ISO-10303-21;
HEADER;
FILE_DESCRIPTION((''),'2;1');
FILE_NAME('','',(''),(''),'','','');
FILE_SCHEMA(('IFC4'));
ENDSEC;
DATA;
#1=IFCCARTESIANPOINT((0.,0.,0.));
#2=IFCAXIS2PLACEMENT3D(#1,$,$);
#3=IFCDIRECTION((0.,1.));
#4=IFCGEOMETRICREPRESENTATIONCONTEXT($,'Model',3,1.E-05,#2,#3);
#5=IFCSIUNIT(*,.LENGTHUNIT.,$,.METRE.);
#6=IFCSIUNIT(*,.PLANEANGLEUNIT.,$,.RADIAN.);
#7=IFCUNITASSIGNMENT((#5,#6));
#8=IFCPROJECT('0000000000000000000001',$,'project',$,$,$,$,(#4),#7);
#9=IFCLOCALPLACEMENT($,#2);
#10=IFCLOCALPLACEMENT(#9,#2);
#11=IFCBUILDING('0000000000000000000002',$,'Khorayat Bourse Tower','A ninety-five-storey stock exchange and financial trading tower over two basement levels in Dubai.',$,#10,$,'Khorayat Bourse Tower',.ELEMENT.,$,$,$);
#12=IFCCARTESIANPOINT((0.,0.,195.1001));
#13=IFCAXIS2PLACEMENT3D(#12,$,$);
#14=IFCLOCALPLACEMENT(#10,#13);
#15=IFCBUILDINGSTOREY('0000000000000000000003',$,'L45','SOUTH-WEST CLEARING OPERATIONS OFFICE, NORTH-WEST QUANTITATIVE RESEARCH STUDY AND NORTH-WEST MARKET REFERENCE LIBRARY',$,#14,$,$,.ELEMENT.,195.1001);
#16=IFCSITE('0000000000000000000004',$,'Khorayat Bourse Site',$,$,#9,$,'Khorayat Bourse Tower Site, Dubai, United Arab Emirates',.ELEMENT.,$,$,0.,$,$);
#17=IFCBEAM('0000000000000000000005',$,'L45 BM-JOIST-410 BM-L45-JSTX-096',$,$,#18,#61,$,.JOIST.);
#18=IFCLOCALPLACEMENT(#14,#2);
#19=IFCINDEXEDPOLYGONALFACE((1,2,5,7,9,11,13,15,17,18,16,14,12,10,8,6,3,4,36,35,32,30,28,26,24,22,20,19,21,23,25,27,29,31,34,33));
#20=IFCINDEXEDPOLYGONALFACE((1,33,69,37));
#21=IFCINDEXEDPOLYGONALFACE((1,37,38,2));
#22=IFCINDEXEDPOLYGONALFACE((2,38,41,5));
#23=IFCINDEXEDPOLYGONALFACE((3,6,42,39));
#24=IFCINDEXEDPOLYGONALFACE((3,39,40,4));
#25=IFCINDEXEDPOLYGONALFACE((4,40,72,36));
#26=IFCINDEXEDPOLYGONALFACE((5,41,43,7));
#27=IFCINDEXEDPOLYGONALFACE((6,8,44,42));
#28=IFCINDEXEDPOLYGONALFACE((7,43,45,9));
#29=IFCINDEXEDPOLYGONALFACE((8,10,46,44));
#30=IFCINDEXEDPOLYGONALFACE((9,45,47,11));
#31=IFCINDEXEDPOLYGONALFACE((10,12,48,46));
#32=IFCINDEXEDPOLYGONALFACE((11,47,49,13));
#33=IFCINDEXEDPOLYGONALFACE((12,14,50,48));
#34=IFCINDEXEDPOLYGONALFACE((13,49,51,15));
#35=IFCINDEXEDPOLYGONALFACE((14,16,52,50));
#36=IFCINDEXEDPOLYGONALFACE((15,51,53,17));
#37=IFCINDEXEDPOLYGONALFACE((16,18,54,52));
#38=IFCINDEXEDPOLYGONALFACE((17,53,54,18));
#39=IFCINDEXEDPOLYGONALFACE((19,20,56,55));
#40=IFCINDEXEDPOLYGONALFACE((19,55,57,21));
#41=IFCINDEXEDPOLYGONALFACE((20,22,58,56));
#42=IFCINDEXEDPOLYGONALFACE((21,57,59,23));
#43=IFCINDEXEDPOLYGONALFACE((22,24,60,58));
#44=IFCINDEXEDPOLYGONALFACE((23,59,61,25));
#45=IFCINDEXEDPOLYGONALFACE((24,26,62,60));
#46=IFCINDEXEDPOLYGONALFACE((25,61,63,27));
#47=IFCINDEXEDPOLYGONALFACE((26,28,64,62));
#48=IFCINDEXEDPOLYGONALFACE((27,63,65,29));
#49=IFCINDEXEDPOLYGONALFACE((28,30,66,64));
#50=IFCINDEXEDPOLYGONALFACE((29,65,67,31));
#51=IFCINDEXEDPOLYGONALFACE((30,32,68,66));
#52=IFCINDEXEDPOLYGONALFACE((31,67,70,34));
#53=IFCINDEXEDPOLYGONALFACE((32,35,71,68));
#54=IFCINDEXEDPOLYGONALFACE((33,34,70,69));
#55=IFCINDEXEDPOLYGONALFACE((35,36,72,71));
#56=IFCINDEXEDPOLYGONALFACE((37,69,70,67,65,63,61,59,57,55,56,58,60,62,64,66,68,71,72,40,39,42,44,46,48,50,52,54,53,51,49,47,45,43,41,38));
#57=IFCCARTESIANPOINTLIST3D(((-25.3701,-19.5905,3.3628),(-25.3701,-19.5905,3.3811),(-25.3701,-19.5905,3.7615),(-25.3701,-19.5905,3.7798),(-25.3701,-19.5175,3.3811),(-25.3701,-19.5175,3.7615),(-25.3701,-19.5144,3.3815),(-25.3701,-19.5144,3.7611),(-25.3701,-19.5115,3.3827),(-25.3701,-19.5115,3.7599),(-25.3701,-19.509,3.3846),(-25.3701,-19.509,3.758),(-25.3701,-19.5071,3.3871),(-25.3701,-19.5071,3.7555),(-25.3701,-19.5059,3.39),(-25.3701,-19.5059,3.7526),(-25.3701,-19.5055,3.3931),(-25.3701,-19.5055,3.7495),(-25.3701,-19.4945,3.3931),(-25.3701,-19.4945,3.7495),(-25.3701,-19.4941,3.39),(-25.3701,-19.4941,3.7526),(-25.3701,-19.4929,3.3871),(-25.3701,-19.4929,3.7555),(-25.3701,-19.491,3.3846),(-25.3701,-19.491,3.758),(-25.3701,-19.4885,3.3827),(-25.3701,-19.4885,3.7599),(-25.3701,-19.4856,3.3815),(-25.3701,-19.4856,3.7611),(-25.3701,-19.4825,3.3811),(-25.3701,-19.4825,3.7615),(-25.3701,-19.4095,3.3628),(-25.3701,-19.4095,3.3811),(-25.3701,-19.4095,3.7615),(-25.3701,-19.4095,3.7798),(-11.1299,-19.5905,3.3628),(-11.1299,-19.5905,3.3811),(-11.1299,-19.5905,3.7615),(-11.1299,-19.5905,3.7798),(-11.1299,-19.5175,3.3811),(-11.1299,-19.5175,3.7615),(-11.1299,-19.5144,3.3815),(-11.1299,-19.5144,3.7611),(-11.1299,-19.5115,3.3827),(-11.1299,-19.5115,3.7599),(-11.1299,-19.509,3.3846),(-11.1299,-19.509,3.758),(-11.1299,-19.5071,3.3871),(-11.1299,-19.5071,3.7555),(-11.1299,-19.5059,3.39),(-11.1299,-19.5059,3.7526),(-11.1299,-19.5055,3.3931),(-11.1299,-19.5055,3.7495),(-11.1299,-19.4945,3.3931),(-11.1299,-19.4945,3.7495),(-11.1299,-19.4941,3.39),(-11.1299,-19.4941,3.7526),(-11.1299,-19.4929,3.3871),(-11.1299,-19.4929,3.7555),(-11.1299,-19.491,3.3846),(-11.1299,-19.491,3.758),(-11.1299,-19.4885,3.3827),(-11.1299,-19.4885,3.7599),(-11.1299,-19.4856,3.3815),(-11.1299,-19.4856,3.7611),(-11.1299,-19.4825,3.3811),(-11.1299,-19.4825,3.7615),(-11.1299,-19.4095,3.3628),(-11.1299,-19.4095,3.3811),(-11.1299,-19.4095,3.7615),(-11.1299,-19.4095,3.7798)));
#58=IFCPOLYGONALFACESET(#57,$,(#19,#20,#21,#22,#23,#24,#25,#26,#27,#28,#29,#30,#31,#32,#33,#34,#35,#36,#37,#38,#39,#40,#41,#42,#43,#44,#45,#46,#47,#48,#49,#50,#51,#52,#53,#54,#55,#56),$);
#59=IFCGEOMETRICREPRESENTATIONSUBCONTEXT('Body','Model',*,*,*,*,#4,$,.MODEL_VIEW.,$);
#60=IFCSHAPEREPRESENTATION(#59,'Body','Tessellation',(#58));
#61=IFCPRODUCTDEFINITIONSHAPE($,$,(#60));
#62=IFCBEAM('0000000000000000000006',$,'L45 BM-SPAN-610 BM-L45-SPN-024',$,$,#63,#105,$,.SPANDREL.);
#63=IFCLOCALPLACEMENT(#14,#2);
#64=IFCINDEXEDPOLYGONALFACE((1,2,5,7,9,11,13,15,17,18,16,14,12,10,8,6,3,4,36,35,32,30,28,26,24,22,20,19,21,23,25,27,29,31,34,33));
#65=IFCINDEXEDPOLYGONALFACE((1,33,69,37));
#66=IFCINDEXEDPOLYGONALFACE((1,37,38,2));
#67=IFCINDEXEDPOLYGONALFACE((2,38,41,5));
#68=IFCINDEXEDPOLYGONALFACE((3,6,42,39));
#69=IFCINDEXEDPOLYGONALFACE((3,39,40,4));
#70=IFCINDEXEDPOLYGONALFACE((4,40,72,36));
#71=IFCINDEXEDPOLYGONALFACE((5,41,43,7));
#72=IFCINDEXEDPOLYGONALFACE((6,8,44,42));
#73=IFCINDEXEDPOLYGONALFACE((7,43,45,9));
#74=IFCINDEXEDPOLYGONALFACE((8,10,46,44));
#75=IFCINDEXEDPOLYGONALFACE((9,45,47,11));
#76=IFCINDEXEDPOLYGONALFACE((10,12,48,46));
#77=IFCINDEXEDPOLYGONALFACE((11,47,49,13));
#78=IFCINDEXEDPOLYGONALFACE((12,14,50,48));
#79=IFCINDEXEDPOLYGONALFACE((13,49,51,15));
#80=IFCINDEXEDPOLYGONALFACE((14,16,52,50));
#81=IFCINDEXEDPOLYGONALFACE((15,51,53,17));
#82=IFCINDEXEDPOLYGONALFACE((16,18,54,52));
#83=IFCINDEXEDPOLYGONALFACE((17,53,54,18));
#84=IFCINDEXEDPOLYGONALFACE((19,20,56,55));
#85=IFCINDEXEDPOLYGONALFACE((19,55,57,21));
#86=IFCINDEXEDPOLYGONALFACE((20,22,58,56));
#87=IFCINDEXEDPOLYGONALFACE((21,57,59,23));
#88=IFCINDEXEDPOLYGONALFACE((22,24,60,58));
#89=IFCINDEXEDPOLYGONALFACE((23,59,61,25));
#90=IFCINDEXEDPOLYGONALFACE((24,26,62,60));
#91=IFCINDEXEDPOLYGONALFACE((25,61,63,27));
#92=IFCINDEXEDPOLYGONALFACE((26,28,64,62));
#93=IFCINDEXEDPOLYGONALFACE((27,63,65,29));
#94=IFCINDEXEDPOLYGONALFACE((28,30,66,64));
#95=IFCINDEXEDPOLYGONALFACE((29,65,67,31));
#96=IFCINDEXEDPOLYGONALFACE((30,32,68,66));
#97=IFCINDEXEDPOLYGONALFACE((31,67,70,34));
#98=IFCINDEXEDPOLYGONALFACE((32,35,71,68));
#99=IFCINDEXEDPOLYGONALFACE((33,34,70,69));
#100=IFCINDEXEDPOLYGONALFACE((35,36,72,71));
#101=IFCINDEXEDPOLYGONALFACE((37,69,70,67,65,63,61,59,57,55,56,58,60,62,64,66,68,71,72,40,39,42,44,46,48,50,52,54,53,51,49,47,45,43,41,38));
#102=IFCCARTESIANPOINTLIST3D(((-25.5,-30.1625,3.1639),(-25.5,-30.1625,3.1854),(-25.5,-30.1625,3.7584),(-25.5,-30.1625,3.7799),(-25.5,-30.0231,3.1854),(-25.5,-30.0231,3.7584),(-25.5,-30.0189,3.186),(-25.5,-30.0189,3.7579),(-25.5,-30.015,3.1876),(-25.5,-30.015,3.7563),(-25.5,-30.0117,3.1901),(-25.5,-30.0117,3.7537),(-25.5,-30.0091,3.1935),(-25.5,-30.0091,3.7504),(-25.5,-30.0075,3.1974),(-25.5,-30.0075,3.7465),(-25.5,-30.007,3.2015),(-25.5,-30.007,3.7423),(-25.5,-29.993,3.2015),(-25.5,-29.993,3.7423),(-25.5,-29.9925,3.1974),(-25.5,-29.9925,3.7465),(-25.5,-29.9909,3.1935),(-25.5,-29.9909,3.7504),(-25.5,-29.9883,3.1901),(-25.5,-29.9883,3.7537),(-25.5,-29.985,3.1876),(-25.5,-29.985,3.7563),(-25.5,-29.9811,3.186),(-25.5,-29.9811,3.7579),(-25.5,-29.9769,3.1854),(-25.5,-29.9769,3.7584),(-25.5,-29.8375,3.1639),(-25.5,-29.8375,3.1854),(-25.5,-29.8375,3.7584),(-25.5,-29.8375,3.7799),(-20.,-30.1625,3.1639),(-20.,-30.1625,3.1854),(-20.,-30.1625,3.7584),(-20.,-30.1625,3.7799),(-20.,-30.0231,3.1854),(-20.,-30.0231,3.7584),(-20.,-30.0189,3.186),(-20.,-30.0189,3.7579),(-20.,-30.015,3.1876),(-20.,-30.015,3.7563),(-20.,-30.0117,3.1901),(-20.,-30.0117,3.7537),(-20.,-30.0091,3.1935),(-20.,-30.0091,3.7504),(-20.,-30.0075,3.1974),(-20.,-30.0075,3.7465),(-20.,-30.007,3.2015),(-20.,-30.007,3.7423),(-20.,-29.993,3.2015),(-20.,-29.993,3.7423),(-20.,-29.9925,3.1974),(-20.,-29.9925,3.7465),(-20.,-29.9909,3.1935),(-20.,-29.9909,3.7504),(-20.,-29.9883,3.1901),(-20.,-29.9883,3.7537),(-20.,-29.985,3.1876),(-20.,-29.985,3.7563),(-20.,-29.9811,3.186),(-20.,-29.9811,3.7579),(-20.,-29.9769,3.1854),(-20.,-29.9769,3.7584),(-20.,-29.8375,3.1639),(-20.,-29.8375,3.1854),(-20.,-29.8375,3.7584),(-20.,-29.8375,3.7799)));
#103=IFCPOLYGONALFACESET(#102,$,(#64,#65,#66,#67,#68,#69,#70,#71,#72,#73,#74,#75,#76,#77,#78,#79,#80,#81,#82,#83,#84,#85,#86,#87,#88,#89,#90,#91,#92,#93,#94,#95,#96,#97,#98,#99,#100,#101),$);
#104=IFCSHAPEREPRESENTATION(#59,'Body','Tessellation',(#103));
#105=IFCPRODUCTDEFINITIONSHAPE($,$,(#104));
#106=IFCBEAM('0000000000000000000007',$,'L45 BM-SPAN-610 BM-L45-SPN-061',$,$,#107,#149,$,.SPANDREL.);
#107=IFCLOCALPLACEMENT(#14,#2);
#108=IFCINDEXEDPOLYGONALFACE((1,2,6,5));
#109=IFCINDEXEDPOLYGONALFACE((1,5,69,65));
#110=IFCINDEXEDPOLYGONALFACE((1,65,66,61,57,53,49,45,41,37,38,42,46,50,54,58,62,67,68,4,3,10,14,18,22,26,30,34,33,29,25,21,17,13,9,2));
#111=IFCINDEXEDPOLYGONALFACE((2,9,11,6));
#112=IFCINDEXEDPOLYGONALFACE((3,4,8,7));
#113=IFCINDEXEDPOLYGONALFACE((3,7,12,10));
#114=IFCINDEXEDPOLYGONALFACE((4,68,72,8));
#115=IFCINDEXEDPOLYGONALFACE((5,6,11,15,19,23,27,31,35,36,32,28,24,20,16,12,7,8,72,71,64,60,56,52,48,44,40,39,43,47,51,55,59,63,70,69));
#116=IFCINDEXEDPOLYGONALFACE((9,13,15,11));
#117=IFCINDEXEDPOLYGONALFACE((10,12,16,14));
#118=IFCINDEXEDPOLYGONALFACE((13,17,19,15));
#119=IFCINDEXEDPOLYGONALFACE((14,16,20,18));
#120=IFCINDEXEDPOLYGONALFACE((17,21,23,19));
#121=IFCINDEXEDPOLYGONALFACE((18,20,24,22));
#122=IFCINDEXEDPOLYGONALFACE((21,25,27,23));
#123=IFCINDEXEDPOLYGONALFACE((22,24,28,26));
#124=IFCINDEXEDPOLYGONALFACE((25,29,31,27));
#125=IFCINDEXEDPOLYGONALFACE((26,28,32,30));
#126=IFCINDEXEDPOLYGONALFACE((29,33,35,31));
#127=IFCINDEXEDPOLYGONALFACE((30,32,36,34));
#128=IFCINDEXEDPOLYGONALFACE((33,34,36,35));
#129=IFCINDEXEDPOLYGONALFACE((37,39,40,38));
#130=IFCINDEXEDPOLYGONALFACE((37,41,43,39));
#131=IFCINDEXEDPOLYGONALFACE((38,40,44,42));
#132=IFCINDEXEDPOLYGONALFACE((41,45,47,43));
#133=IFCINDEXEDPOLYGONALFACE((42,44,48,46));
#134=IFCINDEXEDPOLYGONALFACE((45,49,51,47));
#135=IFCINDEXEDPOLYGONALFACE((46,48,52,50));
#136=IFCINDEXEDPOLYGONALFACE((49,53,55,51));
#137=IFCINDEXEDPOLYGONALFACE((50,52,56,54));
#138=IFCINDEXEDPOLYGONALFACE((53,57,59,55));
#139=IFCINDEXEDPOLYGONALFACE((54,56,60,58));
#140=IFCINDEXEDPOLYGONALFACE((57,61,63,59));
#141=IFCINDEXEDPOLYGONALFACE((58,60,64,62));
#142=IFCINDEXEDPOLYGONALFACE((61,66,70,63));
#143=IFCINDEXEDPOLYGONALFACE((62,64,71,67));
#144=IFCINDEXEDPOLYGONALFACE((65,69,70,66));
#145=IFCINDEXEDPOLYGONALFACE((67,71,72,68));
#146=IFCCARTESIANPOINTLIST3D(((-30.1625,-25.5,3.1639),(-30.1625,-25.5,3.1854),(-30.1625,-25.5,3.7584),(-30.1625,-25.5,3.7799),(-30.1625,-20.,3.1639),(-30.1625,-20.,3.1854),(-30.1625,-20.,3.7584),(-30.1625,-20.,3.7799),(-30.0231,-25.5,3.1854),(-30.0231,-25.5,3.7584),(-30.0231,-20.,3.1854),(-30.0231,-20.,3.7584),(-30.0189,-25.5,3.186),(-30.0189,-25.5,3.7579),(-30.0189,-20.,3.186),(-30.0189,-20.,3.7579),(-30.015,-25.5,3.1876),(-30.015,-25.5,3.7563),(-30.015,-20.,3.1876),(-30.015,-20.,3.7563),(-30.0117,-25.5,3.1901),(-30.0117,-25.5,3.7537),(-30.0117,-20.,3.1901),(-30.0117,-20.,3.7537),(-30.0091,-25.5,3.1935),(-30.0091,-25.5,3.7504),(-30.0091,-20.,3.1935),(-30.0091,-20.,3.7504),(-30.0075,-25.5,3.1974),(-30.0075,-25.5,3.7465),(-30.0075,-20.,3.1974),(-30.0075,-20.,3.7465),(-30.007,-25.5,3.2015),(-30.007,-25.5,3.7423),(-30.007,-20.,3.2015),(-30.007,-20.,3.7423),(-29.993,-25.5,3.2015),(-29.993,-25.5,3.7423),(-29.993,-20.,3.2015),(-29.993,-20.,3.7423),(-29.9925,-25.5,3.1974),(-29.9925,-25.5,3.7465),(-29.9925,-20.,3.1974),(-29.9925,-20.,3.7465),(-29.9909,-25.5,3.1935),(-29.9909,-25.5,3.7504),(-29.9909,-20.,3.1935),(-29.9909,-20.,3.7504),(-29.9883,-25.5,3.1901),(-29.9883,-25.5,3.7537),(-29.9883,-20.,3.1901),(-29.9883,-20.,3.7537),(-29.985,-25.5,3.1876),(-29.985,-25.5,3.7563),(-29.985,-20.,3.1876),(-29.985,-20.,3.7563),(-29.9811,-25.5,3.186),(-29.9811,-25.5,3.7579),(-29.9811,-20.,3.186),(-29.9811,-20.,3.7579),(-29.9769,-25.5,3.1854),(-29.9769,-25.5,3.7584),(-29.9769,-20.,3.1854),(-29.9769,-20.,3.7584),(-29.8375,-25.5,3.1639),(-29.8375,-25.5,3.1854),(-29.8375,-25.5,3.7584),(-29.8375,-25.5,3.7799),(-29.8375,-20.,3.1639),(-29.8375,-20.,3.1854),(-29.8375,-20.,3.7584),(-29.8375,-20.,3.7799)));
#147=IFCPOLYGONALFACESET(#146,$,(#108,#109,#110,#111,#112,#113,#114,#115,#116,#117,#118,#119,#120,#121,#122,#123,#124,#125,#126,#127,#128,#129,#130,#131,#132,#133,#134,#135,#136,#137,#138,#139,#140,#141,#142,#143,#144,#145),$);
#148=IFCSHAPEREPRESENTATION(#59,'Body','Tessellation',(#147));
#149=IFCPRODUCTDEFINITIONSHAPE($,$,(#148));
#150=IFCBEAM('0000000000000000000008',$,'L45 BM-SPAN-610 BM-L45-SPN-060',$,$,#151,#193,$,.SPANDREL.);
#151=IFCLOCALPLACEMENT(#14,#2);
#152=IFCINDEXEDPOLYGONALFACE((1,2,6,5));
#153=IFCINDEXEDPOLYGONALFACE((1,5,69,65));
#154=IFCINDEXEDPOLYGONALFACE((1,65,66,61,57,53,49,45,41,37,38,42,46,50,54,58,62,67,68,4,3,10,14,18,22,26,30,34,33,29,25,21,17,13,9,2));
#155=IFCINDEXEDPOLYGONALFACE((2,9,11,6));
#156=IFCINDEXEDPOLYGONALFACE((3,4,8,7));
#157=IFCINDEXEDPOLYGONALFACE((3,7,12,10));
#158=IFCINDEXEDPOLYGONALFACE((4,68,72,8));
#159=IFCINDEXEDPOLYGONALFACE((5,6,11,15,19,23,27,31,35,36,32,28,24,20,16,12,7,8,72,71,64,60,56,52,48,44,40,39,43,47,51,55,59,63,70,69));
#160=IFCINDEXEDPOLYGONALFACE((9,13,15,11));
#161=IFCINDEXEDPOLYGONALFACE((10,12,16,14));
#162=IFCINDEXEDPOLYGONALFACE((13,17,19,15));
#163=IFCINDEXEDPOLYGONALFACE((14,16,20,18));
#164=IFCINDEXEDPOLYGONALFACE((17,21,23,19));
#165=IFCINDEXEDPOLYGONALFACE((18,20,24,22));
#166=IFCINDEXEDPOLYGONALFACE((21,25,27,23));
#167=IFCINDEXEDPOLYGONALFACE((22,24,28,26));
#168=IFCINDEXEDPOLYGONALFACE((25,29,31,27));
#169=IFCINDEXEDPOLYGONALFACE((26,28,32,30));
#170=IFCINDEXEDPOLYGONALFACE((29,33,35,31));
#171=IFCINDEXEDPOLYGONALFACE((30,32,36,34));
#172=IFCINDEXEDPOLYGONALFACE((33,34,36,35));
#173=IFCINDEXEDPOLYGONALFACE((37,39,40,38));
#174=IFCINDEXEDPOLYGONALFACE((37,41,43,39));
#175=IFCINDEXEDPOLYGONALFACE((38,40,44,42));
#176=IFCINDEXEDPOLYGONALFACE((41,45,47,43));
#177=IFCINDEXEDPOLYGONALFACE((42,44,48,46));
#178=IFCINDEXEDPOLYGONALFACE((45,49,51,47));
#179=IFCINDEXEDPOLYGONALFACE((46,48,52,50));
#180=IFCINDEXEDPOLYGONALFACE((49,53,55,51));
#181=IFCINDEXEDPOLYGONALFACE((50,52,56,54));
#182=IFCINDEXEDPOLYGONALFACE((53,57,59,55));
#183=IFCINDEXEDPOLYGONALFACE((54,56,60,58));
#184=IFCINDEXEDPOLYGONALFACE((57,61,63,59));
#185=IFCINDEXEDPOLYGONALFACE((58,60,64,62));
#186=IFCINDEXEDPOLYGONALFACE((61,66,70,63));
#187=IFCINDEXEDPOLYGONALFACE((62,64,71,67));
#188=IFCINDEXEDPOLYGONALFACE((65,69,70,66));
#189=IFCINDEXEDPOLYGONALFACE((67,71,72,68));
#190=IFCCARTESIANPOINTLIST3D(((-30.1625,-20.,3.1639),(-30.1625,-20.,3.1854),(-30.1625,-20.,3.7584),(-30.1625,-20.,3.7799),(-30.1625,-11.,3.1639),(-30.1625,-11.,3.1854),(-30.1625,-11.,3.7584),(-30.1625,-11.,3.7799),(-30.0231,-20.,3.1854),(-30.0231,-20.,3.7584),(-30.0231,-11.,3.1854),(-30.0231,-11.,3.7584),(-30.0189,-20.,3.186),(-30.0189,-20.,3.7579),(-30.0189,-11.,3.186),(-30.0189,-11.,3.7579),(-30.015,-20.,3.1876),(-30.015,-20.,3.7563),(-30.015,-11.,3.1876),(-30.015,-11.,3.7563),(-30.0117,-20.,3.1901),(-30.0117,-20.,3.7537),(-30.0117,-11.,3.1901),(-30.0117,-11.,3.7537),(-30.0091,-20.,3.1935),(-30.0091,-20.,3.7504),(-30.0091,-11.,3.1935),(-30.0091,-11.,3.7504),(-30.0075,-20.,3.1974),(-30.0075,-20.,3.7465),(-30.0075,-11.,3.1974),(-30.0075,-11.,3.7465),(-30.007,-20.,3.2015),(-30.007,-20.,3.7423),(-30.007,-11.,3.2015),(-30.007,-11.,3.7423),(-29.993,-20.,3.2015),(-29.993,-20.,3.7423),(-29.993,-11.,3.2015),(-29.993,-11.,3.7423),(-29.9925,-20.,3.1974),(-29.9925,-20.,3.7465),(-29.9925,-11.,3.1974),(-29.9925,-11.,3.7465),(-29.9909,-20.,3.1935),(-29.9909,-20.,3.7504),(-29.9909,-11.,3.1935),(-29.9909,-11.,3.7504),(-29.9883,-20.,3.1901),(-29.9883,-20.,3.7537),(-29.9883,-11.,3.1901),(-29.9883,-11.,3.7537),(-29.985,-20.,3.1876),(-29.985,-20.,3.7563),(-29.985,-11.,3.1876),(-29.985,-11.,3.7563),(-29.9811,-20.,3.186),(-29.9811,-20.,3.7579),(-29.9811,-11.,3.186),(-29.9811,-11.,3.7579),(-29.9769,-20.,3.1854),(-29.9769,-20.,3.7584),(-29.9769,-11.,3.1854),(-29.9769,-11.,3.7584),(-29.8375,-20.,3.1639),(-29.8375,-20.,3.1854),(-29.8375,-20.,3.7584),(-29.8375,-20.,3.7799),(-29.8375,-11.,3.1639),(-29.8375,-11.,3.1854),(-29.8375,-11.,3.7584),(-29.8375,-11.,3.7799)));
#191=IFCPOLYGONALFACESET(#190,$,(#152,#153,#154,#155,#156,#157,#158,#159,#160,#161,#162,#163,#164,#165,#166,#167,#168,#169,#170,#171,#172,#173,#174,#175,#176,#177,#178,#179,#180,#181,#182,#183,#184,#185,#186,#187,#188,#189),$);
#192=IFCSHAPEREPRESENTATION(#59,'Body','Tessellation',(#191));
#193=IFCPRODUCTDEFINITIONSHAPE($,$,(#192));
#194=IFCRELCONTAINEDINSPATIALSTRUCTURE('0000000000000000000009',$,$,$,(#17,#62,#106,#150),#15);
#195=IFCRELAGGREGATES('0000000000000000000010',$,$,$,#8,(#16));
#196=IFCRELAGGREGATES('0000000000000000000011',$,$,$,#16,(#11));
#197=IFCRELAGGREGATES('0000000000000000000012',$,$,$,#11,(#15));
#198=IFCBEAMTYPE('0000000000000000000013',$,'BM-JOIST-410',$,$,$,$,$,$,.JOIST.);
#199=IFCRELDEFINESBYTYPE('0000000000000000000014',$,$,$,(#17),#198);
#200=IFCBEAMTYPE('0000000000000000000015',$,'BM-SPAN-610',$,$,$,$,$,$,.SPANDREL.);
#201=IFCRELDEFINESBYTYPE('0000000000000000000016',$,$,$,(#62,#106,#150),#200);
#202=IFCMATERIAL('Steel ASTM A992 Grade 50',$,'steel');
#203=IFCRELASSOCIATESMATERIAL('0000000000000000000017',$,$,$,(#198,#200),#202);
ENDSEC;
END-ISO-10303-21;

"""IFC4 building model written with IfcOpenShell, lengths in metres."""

from ifc_helpers import new_model, si_unit, direction, frame, origin, origin_2d, place, context, subcontext, project, spatial, i_section, extrude, source, transform, mapped, material, material_profile, profile_set, type_object, element, save


model = new_model("IFC4")

# Units and contexts
model_context = context("Model", 3, precision=1e-05, world=origin(), true_north=direction((0.0, 1.0)))
body_context = subcontext(model_context, "Body", "Model", "MODEL_VIEW")
ifc_project = project(units=[si_unit("LENGTHUNIT", "METRE"), si_unit("PLANEANGLEUNIT", "RADIAN")], contexts=[model_context])

# Site, building, storey
site_placement = place(None, origin())
site = spatial("IfcSite", under=ifc_project, at=site_placement, Name="Khorayat Bourse Site", LongName="Khorayat Bourse Tower Site, Dubai, United Arab Emirates", CompositionType="ELEMENT", RefElevation=0.0)
building_placement = place(site_placement, origin())
building = spatial("IfcBuilding", under=site, at=building_placement, Name="Khorayat Bourse Tower", Description="A ninety-five-storey stock exchange and financial trading tower over two basement levels in Dubai.", LongName="Khorayat Bourse Tower", CompositionType="ELEMENT")
storey_placement = place(building_placement, frame((0.0, 0.0, 195.1001)))
storey = spatial("IfcBuildingStorey", under=building, at=storey_placement, Name="L45", Description="SOUTH-WEST CLEARING OPERATIONS OFFICE, NORTH-WEST QUANTITATIVE RESEARCH STUDY AND NORTH-WEST MARKET REFERENCE LIBRARY", CompositionType="ELEMENT", Elevation=195.1001)

# Beams
ifc_material_1 = material(Name="Steel ASTM A992 Grade 50", Category="steel")
ifc_material_profile_1 = material_profile(ifc_material_1, i_section(OverallWidth=0.1809, OverallDepth=0.417, WebThickness=0.011, FlangeThickness=0.0183, FilletRadius=0.012, at=origin_2d()), Name="W410X85")
ifc_profile_set_1 = profile_set([ifc_material_profile_1], Name="Steel ASTM A992 Grade 50")
beam_type_1 = type_object("IfcBeamType", Name="BM-JOIST-410", PredefinedType="JOIST", material=ifc_profile_set_1)
shared_shape_1 = source(origin(), body_context, "Body", "SweptSolid", [
    extrude(i_section(OverallWidth=0.1809, OverallDepth=0.417, WebThickness=0.011, FlangeThickness=0.0183, FilletRadius=0.012, at=origin_2d()), origin(), (0.0, 0.0, 1.0), 14.2402),
])
beam_1_placement = place(storey_placement, frame((-25.3701, -19.5, 3.5713), z_axis=(1.0, 0.0, 0.0), x_axis=(0.0, 1.0, 0.0)))
element("IfcBeam", 1, at=beam_1_placement, inside=storey, type_object=beam_type_1, Name="L45 BM-JOIST-410 BM-L45-JSTX-096", PredefinedType="JOIST", context=body_context, shape_type="MappedRepresentation", body=[
    mapped(shared_shape_1, transform((0.0, 0.0, 0.0), scale=1.0)),
])
ifc_material_profile_2 = material_profile(ifc_material_1, i_section(OverallWidth=0.325, OverallDepth=0.616, WebThickness=0.0139, FlangeThickness=0.0215, FilletRadius=0.0161, at=origin_2d()), Name="W610X174")
ifc_profile_set_2 = profile_set([ifc_material_profile_2], Name="Steel ASTM A992 Grade 50")
beam_type_2 = type_object("IfcBeamType", Name="BM-SPAN-610", PredefinedType="SPANDREL", material=ifc_profile_set_2)
shared_shape_2 = source(origin(), body_context, "Body", "SweptSolid", [
    extrude(i_section(OverallWidth=0.325, OverallDepth=0.616, WebThickness=0.0139, FlangeThickness=0.0215, FilletRadius=0.0161, at=origin_2d()), origin(), (0.0, 0.0, 1.0), 5.5),
])
for number, where, z_axis, x_axis, name in (
    (2, (-25.5, -30.0, 3.4719), (1.0, 0.0, 0.0), (0.0, 1.0, 0.0), "L45 BM-SPAN-610 BM-L45-SPN-024"),
    (3, (-30.0, -25.5, 3.4719), (0.0, 1.0, 0.0), (-1.0, 0.0, 0.0), "L45 BM-SPAN-610 BM-L45-SPN-061"),
):
    element("IfcBeam", number, at=place(storey_placement, frame(where, z_axis=z_axis, x_axis=x_axis)), inside=storey, type_object=beam_type_2, Name=name, PredefinedType="SPANDREL", context=body_context, shape_type="MappedRepresentation", body=[
        mapped(shared_shape_2, transform((0.0, 0.0, 0.0), scale=1.0)),
    ])
shared_shape_3 = source(origin(), body_context, "Body", "SweptSolid", [
    extrude(i_section(OverallWidth=0.325, OverallDepth=0.616, WebThickness=0.0139, FlangeThickness=0.0215, FilletRadius=0.0161, at=origin_2d()), origin(), (0.0, 0.0, 1.0), 9.0),
])
beam_2_placement = place(storey_placement, frame((-30.0, -20.0, 3.4719), z_axis=(0.0, 1.0, 0.0), x_axis=(-1.0, 0.0, 0.0)))
element("IfcBeam", 4, at=beam_2_placement, inside=storey, type_object=beam_type_2, Name="L45 BM-SPAN-610 BM-L45-SPN-060", PredefinedType="SPANDREL", context=body_context, shape_type="MappedRepresentation", body=[
    mapped(shared_shape_3, transform((0.0, 0.0, 0.0), scale=1.0)),
])

save(model, "model.ifc")
